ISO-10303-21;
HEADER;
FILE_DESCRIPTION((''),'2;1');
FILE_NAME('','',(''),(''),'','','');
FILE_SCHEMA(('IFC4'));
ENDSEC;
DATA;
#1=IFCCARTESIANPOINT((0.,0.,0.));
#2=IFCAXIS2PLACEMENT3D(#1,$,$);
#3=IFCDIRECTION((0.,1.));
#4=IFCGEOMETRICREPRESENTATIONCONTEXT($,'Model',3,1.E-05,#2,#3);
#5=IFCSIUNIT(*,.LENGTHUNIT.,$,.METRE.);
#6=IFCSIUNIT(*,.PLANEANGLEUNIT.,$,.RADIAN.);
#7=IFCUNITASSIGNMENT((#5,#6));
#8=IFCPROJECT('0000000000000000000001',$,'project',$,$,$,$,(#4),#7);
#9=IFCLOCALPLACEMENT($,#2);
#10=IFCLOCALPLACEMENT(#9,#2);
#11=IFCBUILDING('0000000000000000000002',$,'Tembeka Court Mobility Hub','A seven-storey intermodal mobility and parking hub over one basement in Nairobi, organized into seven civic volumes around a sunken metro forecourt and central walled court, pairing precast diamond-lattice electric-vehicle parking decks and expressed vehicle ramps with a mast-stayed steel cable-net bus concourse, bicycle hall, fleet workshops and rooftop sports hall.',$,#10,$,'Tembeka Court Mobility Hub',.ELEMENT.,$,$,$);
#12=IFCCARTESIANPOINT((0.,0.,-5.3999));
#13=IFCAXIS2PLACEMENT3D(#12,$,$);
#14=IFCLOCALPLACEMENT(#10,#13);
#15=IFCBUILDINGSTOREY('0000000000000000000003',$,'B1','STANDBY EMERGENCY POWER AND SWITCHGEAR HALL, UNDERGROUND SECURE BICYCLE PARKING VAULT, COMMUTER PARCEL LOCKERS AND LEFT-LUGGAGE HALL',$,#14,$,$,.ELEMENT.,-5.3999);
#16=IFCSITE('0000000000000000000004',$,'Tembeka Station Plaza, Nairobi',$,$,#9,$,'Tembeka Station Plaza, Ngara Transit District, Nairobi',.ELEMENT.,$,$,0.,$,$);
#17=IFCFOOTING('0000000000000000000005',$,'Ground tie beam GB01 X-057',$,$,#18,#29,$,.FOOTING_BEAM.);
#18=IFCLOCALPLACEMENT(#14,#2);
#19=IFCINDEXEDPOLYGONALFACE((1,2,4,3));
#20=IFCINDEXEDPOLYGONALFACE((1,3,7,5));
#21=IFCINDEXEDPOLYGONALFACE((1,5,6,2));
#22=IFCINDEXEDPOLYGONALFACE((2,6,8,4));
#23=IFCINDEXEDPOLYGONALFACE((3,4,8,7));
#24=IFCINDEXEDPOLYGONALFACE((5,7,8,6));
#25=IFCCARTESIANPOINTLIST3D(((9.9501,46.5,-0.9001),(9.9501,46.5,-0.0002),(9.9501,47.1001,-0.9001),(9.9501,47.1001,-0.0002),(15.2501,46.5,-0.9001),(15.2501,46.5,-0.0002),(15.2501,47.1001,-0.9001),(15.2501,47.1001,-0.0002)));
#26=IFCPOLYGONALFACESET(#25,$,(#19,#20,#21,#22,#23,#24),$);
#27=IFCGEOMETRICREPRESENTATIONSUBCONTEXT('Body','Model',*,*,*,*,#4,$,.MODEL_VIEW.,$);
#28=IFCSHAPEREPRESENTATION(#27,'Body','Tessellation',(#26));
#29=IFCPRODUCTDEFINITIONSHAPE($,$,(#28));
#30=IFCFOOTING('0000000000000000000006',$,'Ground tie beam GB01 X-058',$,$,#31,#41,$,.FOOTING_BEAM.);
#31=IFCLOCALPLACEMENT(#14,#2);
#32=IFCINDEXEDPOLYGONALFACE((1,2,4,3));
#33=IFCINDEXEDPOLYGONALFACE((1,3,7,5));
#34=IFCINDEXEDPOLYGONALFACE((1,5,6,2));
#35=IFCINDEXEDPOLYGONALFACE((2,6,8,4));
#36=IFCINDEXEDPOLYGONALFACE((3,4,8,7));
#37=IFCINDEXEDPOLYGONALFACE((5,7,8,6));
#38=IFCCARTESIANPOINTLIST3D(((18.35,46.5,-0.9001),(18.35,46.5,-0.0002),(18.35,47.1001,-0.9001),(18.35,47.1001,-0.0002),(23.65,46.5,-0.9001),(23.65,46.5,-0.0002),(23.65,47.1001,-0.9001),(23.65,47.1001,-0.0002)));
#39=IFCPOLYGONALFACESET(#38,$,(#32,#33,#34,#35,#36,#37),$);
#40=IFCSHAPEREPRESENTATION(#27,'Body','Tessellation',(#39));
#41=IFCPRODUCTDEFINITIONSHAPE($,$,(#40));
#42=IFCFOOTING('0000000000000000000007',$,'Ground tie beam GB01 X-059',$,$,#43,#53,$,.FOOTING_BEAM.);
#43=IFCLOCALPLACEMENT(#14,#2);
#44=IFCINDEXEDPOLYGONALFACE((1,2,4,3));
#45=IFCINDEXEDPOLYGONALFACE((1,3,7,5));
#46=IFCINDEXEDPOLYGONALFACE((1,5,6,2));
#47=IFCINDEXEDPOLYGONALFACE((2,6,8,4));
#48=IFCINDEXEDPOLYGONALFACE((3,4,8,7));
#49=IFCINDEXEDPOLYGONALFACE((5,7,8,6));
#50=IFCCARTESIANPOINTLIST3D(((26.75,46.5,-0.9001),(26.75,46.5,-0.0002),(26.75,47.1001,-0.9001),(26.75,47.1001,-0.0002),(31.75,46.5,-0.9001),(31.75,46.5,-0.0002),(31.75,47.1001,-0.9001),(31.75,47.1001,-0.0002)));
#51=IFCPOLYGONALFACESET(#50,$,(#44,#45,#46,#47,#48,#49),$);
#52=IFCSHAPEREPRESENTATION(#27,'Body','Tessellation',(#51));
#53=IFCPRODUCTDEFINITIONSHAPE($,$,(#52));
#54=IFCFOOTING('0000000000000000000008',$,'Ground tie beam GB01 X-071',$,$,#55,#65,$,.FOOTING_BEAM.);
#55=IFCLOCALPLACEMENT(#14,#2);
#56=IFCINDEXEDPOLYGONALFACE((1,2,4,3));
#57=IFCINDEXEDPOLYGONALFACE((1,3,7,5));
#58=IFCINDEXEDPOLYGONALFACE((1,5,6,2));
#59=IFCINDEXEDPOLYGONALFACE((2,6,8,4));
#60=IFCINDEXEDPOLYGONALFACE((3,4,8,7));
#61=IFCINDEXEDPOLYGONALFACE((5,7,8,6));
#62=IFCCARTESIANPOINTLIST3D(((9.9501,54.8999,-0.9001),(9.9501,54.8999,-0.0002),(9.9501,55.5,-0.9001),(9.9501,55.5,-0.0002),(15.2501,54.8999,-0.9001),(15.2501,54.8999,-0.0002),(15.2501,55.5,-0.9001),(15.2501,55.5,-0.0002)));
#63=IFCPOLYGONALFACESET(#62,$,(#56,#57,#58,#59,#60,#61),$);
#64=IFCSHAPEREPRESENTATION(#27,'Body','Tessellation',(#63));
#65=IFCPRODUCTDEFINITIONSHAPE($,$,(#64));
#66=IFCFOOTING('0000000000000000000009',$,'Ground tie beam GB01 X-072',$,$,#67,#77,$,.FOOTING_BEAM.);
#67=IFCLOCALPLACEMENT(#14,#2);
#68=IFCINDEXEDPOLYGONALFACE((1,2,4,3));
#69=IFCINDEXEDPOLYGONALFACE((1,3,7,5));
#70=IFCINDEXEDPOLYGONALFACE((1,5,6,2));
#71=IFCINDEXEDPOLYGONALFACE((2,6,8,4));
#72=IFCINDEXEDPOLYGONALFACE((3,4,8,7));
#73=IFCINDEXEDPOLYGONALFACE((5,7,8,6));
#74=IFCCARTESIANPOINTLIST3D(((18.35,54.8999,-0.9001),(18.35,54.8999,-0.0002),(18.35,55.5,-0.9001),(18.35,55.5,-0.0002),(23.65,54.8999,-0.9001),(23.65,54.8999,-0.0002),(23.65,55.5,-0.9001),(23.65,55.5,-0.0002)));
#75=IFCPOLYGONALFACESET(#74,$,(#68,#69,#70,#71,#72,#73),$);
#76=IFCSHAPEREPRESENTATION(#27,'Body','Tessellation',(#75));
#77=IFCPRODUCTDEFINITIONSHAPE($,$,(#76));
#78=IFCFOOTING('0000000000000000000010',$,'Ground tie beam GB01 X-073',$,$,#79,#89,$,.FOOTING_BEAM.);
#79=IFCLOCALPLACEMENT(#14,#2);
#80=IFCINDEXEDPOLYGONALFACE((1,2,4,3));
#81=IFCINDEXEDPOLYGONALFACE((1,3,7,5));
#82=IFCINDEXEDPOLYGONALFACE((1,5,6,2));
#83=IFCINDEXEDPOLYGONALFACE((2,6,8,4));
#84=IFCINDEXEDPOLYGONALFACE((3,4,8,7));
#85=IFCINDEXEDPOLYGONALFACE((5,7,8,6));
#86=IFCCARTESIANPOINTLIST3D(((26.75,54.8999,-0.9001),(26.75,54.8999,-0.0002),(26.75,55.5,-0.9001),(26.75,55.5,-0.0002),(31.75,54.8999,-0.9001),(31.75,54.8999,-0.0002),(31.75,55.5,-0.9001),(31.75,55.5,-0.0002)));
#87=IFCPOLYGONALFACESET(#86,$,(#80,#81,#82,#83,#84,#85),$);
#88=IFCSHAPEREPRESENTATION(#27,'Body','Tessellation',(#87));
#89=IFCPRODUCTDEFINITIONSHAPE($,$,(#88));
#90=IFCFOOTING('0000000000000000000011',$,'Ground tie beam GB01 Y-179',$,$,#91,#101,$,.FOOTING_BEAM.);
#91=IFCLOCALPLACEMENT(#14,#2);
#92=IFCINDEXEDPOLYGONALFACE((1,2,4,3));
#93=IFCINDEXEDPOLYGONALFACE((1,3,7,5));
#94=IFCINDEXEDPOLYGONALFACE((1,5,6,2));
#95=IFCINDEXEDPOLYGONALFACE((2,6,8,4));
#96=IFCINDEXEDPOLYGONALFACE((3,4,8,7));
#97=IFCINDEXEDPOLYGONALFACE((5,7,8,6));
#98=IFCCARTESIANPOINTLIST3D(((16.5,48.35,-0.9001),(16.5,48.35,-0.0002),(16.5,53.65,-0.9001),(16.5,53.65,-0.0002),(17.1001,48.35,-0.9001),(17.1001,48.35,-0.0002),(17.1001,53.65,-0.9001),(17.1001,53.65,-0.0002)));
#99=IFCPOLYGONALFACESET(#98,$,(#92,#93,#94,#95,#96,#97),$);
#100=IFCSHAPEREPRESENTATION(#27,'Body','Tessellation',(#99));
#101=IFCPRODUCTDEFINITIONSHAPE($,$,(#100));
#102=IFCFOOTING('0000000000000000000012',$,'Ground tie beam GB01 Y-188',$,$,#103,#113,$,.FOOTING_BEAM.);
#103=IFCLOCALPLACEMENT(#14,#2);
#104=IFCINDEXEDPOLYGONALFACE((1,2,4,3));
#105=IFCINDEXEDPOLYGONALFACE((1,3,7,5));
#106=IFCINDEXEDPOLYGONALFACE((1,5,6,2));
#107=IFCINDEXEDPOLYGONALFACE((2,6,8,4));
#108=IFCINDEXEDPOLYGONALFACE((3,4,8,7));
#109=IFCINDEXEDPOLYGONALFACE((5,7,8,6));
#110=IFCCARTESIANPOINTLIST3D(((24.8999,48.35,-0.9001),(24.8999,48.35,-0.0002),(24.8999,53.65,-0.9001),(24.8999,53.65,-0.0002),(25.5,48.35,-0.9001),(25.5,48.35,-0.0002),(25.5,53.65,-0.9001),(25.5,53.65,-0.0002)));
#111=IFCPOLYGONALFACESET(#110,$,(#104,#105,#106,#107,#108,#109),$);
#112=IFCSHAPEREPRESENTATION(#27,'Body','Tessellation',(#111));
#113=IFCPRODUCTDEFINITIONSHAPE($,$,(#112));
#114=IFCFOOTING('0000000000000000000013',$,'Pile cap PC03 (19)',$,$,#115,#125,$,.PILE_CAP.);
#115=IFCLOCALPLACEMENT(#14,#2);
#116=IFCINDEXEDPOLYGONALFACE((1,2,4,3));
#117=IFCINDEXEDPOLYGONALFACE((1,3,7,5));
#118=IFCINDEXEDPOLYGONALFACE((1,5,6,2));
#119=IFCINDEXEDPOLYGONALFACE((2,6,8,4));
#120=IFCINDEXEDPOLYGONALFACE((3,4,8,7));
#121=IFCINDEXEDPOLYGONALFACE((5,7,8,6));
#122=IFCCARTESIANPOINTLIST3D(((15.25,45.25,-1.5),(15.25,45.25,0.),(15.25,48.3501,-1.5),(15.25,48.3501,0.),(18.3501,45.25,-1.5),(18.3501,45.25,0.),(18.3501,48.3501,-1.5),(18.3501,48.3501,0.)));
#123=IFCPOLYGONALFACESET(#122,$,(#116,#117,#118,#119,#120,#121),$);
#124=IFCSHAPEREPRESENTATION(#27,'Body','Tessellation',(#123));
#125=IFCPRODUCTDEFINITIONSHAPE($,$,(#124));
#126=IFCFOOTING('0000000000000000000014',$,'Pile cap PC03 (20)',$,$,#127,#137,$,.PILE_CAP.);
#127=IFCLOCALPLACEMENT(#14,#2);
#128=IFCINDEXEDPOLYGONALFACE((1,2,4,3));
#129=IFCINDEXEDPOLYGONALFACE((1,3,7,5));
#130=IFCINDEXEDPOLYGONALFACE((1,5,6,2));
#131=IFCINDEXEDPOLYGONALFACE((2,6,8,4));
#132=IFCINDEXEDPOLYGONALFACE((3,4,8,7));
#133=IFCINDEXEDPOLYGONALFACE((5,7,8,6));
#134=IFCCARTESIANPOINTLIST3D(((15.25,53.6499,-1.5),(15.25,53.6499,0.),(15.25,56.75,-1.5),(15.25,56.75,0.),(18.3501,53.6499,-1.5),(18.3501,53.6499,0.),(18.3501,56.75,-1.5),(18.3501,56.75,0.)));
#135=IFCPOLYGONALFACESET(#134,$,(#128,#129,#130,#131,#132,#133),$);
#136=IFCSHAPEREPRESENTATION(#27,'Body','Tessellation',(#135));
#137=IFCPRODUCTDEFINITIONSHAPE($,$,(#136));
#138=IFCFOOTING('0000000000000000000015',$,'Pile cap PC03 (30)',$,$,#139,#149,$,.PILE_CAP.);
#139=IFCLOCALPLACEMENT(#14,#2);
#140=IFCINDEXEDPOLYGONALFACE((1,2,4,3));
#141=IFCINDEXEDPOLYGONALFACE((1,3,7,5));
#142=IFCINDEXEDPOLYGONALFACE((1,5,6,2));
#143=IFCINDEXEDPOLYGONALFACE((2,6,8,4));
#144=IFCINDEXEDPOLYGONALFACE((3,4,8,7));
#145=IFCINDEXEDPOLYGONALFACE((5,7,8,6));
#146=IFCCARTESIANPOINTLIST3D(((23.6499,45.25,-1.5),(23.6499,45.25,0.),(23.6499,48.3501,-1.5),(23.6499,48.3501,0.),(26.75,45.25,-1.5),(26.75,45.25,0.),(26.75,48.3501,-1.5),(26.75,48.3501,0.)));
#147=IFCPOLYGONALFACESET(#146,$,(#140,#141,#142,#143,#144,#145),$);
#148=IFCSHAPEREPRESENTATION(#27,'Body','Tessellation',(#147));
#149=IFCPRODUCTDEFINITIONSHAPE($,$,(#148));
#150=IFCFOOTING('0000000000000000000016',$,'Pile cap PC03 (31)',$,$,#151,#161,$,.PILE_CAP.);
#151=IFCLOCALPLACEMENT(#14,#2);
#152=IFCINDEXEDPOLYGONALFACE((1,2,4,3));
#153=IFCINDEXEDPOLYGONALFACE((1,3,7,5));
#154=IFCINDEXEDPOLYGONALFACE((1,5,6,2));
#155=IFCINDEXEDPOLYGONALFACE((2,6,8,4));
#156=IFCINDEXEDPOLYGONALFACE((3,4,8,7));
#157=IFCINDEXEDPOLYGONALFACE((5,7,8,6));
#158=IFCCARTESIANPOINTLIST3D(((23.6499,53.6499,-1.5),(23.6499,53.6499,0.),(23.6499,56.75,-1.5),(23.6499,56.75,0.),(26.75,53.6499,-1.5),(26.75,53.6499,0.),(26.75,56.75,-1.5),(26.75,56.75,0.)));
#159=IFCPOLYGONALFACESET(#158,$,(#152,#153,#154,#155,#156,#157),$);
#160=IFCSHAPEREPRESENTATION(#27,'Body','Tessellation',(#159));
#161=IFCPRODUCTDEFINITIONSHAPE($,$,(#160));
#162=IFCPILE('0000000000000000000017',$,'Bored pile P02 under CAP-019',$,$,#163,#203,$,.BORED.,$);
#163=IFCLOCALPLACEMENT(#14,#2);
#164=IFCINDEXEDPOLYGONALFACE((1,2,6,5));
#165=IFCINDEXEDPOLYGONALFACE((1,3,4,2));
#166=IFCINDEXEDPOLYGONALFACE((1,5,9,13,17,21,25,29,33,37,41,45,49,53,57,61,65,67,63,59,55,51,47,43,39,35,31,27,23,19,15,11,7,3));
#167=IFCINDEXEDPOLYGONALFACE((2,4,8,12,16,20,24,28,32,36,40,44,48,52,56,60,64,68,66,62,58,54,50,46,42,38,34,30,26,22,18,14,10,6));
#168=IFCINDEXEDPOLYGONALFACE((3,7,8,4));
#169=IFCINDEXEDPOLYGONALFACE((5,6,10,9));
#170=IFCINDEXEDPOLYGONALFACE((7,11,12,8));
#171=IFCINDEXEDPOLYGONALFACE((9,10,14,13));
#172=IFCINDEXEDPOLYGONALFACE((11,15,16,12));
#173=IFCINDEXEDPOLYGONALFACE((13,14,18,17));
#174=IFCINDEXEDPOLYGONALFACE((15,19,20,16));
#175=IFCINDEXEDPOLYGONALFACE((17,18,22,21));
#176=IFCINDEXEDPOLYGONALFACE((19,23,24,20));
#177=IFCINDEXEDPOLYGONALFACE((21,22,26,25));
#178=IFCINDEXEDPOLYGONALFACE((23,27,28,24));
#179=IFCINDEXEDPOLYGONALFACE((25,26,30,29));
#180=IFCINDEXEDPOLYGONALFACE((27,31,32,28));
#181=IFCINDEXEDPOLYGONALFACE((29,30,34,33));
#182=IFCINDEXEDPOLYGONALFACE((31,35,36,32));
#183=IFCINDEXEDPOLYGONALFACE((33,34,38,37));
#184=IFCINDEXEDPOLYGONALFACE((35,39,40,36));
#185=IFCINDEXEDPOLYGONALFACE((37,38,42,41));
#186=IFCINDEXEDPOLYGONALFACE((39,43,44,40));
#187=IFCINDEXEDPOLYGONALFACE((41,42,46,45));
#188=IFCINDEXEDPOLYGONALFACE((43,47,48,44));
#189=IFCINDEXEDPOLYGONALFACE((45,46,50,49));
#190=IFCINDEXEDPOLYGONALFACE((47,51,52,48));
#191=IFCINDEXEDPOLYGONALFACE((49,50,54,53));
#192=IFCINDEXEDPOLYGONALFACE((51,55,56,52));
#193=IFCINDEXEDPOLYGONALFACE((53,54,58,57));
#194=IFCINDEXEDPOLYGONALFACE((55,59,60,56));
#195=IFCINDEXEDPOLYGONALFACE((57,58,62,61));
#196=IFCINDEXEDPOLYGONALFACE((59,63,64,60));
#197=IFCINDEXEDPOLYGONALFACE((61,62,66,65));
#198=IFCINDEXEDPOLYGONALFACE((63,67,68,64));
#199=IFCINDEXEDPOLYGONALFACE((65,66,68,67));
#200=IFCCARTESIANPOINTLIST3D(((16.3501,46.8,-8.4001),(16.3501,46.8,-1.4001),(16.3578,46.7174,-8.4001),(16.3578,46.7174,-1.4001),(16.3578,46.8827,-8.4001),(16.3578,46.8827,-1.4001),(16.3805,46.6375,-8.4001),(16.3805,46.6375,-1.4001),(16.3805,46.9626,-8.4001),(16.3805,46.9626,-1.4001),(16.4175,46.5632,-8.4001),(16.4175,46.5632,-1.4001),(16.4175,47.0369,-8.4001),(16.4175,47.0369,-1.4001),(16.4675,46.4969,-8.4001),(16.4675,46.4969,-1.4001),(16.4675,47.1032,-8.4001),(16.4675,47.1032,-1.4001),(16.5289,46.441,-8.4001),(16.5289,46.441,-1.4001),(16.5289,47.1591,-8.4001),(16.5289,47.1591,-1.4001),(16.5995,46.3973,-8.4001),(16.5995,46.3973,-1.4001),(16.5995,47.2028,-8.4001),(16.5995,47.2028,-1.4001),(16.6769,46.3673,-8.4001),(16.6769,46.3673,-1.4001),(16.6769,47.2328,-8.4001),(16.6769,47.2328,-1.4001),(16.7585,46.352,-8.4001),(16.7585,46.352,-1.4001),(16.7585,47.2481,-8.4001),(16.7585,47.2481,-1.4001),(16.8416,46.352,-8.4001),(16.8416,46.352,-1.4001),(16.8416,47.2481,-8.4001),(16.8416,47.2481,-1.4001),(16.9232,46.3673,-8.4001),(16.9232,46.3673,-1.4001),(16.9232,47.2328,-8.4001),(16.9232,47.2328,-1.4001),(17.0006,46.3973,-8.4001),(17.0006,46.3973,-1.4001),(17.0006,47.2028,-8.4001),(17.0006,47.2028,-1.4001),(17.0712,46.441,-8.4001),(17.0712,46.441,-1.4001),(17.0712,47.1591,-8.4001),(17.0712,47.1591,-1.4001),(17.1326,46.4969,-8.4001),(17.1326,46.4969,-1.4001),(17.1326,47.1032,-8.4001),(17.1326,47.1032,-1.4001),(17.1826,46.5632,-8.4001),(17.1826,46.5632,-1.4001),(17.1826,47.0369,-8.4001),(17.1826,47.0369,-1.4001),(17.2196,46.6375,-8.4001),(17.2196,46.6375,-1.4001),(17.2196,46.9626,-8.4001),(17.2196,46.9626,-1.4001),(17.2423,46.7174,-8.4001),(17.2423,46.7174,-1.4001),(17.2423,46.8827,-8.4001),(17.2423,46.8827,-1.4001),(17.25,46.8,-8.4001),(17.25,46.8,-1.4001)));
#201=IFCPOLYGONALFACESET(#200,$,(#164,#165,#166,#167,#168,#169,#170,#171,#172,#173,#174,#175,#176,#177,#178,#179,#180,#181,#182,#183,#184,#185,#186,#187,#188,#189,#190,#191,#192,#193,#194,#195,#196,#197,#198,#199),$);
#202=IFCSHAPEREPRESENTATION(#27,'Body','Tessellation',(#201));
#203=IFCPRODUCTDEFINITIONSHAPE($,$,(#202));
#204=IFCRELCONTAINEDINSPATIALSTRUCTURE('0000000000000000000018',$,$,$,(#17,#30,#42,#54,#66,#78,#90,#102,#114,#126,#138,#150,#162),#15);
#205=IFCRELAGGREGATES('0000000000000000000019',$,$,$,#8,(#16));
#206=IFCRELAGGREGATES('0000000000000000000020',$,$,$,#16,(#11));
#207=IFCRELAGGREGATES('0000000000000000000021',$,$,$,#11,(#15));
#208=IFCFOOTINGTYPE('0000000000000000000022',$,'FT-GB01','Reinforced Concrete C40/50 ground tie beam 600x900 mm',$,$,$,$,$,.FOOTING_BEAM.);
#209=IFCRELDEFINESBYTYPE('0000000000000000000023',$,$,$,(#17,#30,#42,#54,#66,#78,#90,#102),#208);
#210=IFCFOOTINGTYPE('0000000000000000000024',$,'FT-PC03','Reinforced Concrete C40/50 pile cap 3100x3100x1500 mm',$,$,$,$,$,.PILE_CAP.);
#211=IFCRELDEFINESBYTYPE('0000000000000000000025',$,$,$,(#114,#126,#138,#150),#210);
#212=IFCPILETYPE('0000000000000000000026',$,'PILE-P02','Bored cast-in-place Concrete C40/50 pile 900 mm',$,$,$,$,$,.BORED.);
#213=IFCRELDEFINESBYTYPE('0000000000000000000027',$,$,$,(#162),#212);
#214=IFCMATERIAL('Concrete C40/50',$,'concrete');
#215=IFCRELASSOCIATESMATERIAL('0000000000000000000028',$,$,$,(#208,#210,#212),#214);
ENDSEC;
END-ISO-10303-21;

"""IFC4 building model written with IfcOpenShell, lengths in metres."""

from ifc_helpers import new_model, si_unit, direction, frame, origin, origin_2d, place, context, subcontext, project, spatial, rectangle, circle, extrude, material, material_profile, profile_set, type_object, element, save


model = new_model("IFC4")

# Units and contexts
model_context = context("Model", 3, precision=1e-05, world=origin(), true_north=direction((0.0, 1.0)))
body_context = subcontext(model_context, "Body", "Model", "MODEL_VIEW")
ifc_project = project(units=[si_unit("LENGTHUNIT", "METRE"), si_unit("PLANEANGLEUNIT", "RADIAN")], contexts=[model_context])

# Site, building, storey
site_placement = place(None, origin())
site = spatial("IfcSite", under=ifc_project, at=site_placement, Name="Tembeka Station Plaza, Nairobi", LongName="Tembeka Station Plaza, Ngara Transit District, Nairobi", CompositionType="ELEMENT", RefElevation=0.0)
building_placement = place(site_placement, origin())
building = spatial("IfcBuilding", under=site, at=building_placement, Name="Tembeka Court Mobility Hub", Description="A seven-storey intermodal mobility and parking hub over one basement in Nairobi, organized into seven civic volumes around a sunken metro forecourt and central walled court, pairing precast diamond-lattice electric-vehicle parking decks and expressed vehicle ramps with a mast-stayed steel cable-net bus concourse, bicycle hall, fleet workshops and rooftop sports hall.", LongName="Tembeka Court Mobility Hub", CompositionType="ELEMENT")
storey_placement = place(building_placement, frame((0.0, 0.0, -5.3999)))
storey = spatial("IfcBuildingStorey", under=building, at=storey_placement, Name="B1", Description="STANDBY EMERGENCY POWER AND SWITCHGEAR HALL, UNDERGROUND SECURE BICYCLE PARKING VAULT, COMMUTER PARCEL LOCKERS AND LEFT-LUGGAGE HALL", CompositionType="ELEMENT", Elevation=-5.3999)

# Footings
ifc_material_1 = material(Name="Concrete C40/50", Category="concrete")
footing_type_1 = type_object("IfcFootingType", Name="FT-GB01", Description="Reinforced Concrete C40/50 ground tie beam 600x900 mm", PredefinedType="FOOTING_BEAM", material=ifc_material_1)
for number, where, z_axis, x_axis, name in (
    (1, (12.6001, 46.8, -0.9001), (0.0, 0.0, 1.0), (1.0, 0.0, 0.0), "Ground tie beam GB01 X-057"),
    (2, (21.0, 46.8, -0.9001), (0.0, 0.0, 1.0), (1.0, 0.0, 0.0), "Ground tie beam GB01 X-058"),
):
    element("IfcFooting", number, at=place(storey_placement, frame(where, z_axis=z_axis, x_axis=x_axis)), inside=storey, type_object=footing_type_1, Name=name, PredefinedType="FOOTING_BEAM", context=body_context, shape_type="SweptSolid", body=[
        extrude(rectangle(XDim=5.3, YDim=0.6001, at=origin_2d()), origin(), (0.0, 0.0, 1.0), 0.8999),
    ])
footing_1_placement = place(storey_placement, frame((29.25, 46.8, -0.9001), z_axis=(0.0, 0.0, 1.0), x_axis=(1.0, 0.0, 0.0)))
element("IfcFooting", 3, at=footing_1_placement, inside=storey, type_object=footing_type_1, Name="Ground tie beam GB01 X-059", PredefinedType="FOOTING_BEAM", context=body_context, shape_type="SweptSolid", body=[
    extrude(rectangle(XDim=5.0, YDim=0.6001, at=origin_2d()), origin(), (0.0, 0.0, 1.0), 0.8999),
])
for number, where, z_axis, x_axis, name in (
    (4, (12.6001, 55.2, -0.9001), (0.0, 0.0, 1.0), (1.0, 0.0, 0.0), "Ground tie beam GB01 X-071"),
    (5, (21.0, 55.2, -0.9001), (0.0, 0.0, 1.0), (1.0, 0.0, 0.0), "Ground tie beam GB01 X-072"),
):
    element("IfcFooting", number, at=place(storey_placement, frame(where, z_axis=z_axis, x_axis=x_axis)), inside=storey, type_object=footing_type_1, Name=name, PredefinedType="FOOTING_BEAM", context=body_context, shape_type="SweptSolid", body=[
        extrude(rectangle(XDim=5.3, YDim=0.6001, at=origin_2d()), origin(), (0.0, 0.0, 1.0), 0.8999),
    ])
footing_2_placement = place(storey_placement, frame((29.25, 55.2, -0.9001), z_axis=(0.0, 0.0, 1.0), x_axis=(1.0, 0.0, 0.0)))
element("IfcFooting", 6, at=footing_2_placement, inside=storey, type_object=footing_type_1, Name="Ground tie beam GB01 X-073", PredefinedType="FOOTING_BEAM", context=body_context, shape_type="SweptSolid", body=[
    extrude(rectangle(XDim=5.0, YDim=0.6001, at=origin_2d()), origin(), (0.0, 0.0, 1.0), 0.8999),
])
for number, where, z_axis, x_axis, name in (
    (7, (16.8, 51.0, -0.9001), (0.0, 0.0, 1.0), (0.0, 1.0, 0.0), "Ground tie beam GB01 Y-179"),
    (8, (25.2, 51.0, -0.9001), (0.0, 0.0, 1.0), (0.0, 1.0, 0.0), "Ground tie beam GB01 Y-188"),
):
    element("IfcFooting", number, at=place(storey_placement, frame(where, z_axis=z_axis, x_axis=x_axis)), inside=storey, type_object=footing_type_1, Name=name, PredefinedType="FOOTING_BEAM", context=body_context, shape_type="SweptSolid", body=[
        extrude(rectangle(XDim=5.3, YDim=0.6001, at=origin_2d()), origin(), (0.0, 0.0, 1.0), 0.8999),
    ])
footing_type_2 = type_object("IfcFootingType", Name="FT-PC03", Description="Reinforced Concrete C40/50 pile cap 3100x3100x1500 mm", PredefinedType="PILE_CAP", material=ifc_material_1)
for number, where, z_axis, x_axis, name in (
    (9, (16.8, 46.8, -1.5), (0.0, 0.0, 1.0), (1.0, 0.0, 0.0), "Pile cap PC03 (19)"),
    (10, (16.8, 55.2, -1.5), (0.0, 0.0, 1.0), (1.0, 0.0, 0.0), "Pile cap PC03 (20)"),
    (11, (25.2, 46.8, -1.5), (0.0, 0.0, 1.0), (1.0, 0.0, 0.0), "Pile cap PC03 (30)"),
    (12, (25.2, 55.2, -1.5), (0.0, 0.0, 1.0), (1.0, 0.0, 0.0), "Pile cap PC03 (31)"),
):
    element("IfcFooting", number, at=place(storey_placement, frame(where, z_axis=z_axis, x_axis=x_axis)), inside=storey, type_object=footing_type_2, Name=name, PredefinedType="PILE_CAP", context=body_context, shape_type="SweptSolid", body=[
        extrude(rectangle(XDim=3.1001, YDim=3.1001, at=origin_2d()), origin(), (0.0, 0.0, 1.0), 1.5),
    ])

# Pile
ifc_material_profile_1 = material_profile(ifc_material_1, circle(Radius=0.45, at=origin_2d()), Name="PILE D900")
ifc_profile_set_1 = profile_set([ifc_material_profile_1], Name="Concrete C40/50")
pile_type = type_object("IfcPileType", Name="PILE-P02", Description="Bored cast-in-place Concrete C40/50 pile 900 mm", PredefinedType="BORED", material=ifc_profile_set_1)
for number, where, z_axis, x_axis, name in (
    (13, (16.8, 46.8, -1.4001), (0.0, 0.0, -1.0), (1.0, 0.0, 0.0), "Bored pile P02 under CAP-019"),
):
    element("IfcPile", number, at=place(storey_placement, frame(where, z_axis=z_axis, x_axis=x_axis)), inside=storey, type_object=pile_type, Name=name, PredefinedType="BORED", context=body_context, shape_type="SweptSolid", body=[
        extrude(circle(Radius=0.45, at=origin_2d()), origin(), (0.0, 0.0, 1.0), 7.0),
    ])

save(model, "model.ifc")
